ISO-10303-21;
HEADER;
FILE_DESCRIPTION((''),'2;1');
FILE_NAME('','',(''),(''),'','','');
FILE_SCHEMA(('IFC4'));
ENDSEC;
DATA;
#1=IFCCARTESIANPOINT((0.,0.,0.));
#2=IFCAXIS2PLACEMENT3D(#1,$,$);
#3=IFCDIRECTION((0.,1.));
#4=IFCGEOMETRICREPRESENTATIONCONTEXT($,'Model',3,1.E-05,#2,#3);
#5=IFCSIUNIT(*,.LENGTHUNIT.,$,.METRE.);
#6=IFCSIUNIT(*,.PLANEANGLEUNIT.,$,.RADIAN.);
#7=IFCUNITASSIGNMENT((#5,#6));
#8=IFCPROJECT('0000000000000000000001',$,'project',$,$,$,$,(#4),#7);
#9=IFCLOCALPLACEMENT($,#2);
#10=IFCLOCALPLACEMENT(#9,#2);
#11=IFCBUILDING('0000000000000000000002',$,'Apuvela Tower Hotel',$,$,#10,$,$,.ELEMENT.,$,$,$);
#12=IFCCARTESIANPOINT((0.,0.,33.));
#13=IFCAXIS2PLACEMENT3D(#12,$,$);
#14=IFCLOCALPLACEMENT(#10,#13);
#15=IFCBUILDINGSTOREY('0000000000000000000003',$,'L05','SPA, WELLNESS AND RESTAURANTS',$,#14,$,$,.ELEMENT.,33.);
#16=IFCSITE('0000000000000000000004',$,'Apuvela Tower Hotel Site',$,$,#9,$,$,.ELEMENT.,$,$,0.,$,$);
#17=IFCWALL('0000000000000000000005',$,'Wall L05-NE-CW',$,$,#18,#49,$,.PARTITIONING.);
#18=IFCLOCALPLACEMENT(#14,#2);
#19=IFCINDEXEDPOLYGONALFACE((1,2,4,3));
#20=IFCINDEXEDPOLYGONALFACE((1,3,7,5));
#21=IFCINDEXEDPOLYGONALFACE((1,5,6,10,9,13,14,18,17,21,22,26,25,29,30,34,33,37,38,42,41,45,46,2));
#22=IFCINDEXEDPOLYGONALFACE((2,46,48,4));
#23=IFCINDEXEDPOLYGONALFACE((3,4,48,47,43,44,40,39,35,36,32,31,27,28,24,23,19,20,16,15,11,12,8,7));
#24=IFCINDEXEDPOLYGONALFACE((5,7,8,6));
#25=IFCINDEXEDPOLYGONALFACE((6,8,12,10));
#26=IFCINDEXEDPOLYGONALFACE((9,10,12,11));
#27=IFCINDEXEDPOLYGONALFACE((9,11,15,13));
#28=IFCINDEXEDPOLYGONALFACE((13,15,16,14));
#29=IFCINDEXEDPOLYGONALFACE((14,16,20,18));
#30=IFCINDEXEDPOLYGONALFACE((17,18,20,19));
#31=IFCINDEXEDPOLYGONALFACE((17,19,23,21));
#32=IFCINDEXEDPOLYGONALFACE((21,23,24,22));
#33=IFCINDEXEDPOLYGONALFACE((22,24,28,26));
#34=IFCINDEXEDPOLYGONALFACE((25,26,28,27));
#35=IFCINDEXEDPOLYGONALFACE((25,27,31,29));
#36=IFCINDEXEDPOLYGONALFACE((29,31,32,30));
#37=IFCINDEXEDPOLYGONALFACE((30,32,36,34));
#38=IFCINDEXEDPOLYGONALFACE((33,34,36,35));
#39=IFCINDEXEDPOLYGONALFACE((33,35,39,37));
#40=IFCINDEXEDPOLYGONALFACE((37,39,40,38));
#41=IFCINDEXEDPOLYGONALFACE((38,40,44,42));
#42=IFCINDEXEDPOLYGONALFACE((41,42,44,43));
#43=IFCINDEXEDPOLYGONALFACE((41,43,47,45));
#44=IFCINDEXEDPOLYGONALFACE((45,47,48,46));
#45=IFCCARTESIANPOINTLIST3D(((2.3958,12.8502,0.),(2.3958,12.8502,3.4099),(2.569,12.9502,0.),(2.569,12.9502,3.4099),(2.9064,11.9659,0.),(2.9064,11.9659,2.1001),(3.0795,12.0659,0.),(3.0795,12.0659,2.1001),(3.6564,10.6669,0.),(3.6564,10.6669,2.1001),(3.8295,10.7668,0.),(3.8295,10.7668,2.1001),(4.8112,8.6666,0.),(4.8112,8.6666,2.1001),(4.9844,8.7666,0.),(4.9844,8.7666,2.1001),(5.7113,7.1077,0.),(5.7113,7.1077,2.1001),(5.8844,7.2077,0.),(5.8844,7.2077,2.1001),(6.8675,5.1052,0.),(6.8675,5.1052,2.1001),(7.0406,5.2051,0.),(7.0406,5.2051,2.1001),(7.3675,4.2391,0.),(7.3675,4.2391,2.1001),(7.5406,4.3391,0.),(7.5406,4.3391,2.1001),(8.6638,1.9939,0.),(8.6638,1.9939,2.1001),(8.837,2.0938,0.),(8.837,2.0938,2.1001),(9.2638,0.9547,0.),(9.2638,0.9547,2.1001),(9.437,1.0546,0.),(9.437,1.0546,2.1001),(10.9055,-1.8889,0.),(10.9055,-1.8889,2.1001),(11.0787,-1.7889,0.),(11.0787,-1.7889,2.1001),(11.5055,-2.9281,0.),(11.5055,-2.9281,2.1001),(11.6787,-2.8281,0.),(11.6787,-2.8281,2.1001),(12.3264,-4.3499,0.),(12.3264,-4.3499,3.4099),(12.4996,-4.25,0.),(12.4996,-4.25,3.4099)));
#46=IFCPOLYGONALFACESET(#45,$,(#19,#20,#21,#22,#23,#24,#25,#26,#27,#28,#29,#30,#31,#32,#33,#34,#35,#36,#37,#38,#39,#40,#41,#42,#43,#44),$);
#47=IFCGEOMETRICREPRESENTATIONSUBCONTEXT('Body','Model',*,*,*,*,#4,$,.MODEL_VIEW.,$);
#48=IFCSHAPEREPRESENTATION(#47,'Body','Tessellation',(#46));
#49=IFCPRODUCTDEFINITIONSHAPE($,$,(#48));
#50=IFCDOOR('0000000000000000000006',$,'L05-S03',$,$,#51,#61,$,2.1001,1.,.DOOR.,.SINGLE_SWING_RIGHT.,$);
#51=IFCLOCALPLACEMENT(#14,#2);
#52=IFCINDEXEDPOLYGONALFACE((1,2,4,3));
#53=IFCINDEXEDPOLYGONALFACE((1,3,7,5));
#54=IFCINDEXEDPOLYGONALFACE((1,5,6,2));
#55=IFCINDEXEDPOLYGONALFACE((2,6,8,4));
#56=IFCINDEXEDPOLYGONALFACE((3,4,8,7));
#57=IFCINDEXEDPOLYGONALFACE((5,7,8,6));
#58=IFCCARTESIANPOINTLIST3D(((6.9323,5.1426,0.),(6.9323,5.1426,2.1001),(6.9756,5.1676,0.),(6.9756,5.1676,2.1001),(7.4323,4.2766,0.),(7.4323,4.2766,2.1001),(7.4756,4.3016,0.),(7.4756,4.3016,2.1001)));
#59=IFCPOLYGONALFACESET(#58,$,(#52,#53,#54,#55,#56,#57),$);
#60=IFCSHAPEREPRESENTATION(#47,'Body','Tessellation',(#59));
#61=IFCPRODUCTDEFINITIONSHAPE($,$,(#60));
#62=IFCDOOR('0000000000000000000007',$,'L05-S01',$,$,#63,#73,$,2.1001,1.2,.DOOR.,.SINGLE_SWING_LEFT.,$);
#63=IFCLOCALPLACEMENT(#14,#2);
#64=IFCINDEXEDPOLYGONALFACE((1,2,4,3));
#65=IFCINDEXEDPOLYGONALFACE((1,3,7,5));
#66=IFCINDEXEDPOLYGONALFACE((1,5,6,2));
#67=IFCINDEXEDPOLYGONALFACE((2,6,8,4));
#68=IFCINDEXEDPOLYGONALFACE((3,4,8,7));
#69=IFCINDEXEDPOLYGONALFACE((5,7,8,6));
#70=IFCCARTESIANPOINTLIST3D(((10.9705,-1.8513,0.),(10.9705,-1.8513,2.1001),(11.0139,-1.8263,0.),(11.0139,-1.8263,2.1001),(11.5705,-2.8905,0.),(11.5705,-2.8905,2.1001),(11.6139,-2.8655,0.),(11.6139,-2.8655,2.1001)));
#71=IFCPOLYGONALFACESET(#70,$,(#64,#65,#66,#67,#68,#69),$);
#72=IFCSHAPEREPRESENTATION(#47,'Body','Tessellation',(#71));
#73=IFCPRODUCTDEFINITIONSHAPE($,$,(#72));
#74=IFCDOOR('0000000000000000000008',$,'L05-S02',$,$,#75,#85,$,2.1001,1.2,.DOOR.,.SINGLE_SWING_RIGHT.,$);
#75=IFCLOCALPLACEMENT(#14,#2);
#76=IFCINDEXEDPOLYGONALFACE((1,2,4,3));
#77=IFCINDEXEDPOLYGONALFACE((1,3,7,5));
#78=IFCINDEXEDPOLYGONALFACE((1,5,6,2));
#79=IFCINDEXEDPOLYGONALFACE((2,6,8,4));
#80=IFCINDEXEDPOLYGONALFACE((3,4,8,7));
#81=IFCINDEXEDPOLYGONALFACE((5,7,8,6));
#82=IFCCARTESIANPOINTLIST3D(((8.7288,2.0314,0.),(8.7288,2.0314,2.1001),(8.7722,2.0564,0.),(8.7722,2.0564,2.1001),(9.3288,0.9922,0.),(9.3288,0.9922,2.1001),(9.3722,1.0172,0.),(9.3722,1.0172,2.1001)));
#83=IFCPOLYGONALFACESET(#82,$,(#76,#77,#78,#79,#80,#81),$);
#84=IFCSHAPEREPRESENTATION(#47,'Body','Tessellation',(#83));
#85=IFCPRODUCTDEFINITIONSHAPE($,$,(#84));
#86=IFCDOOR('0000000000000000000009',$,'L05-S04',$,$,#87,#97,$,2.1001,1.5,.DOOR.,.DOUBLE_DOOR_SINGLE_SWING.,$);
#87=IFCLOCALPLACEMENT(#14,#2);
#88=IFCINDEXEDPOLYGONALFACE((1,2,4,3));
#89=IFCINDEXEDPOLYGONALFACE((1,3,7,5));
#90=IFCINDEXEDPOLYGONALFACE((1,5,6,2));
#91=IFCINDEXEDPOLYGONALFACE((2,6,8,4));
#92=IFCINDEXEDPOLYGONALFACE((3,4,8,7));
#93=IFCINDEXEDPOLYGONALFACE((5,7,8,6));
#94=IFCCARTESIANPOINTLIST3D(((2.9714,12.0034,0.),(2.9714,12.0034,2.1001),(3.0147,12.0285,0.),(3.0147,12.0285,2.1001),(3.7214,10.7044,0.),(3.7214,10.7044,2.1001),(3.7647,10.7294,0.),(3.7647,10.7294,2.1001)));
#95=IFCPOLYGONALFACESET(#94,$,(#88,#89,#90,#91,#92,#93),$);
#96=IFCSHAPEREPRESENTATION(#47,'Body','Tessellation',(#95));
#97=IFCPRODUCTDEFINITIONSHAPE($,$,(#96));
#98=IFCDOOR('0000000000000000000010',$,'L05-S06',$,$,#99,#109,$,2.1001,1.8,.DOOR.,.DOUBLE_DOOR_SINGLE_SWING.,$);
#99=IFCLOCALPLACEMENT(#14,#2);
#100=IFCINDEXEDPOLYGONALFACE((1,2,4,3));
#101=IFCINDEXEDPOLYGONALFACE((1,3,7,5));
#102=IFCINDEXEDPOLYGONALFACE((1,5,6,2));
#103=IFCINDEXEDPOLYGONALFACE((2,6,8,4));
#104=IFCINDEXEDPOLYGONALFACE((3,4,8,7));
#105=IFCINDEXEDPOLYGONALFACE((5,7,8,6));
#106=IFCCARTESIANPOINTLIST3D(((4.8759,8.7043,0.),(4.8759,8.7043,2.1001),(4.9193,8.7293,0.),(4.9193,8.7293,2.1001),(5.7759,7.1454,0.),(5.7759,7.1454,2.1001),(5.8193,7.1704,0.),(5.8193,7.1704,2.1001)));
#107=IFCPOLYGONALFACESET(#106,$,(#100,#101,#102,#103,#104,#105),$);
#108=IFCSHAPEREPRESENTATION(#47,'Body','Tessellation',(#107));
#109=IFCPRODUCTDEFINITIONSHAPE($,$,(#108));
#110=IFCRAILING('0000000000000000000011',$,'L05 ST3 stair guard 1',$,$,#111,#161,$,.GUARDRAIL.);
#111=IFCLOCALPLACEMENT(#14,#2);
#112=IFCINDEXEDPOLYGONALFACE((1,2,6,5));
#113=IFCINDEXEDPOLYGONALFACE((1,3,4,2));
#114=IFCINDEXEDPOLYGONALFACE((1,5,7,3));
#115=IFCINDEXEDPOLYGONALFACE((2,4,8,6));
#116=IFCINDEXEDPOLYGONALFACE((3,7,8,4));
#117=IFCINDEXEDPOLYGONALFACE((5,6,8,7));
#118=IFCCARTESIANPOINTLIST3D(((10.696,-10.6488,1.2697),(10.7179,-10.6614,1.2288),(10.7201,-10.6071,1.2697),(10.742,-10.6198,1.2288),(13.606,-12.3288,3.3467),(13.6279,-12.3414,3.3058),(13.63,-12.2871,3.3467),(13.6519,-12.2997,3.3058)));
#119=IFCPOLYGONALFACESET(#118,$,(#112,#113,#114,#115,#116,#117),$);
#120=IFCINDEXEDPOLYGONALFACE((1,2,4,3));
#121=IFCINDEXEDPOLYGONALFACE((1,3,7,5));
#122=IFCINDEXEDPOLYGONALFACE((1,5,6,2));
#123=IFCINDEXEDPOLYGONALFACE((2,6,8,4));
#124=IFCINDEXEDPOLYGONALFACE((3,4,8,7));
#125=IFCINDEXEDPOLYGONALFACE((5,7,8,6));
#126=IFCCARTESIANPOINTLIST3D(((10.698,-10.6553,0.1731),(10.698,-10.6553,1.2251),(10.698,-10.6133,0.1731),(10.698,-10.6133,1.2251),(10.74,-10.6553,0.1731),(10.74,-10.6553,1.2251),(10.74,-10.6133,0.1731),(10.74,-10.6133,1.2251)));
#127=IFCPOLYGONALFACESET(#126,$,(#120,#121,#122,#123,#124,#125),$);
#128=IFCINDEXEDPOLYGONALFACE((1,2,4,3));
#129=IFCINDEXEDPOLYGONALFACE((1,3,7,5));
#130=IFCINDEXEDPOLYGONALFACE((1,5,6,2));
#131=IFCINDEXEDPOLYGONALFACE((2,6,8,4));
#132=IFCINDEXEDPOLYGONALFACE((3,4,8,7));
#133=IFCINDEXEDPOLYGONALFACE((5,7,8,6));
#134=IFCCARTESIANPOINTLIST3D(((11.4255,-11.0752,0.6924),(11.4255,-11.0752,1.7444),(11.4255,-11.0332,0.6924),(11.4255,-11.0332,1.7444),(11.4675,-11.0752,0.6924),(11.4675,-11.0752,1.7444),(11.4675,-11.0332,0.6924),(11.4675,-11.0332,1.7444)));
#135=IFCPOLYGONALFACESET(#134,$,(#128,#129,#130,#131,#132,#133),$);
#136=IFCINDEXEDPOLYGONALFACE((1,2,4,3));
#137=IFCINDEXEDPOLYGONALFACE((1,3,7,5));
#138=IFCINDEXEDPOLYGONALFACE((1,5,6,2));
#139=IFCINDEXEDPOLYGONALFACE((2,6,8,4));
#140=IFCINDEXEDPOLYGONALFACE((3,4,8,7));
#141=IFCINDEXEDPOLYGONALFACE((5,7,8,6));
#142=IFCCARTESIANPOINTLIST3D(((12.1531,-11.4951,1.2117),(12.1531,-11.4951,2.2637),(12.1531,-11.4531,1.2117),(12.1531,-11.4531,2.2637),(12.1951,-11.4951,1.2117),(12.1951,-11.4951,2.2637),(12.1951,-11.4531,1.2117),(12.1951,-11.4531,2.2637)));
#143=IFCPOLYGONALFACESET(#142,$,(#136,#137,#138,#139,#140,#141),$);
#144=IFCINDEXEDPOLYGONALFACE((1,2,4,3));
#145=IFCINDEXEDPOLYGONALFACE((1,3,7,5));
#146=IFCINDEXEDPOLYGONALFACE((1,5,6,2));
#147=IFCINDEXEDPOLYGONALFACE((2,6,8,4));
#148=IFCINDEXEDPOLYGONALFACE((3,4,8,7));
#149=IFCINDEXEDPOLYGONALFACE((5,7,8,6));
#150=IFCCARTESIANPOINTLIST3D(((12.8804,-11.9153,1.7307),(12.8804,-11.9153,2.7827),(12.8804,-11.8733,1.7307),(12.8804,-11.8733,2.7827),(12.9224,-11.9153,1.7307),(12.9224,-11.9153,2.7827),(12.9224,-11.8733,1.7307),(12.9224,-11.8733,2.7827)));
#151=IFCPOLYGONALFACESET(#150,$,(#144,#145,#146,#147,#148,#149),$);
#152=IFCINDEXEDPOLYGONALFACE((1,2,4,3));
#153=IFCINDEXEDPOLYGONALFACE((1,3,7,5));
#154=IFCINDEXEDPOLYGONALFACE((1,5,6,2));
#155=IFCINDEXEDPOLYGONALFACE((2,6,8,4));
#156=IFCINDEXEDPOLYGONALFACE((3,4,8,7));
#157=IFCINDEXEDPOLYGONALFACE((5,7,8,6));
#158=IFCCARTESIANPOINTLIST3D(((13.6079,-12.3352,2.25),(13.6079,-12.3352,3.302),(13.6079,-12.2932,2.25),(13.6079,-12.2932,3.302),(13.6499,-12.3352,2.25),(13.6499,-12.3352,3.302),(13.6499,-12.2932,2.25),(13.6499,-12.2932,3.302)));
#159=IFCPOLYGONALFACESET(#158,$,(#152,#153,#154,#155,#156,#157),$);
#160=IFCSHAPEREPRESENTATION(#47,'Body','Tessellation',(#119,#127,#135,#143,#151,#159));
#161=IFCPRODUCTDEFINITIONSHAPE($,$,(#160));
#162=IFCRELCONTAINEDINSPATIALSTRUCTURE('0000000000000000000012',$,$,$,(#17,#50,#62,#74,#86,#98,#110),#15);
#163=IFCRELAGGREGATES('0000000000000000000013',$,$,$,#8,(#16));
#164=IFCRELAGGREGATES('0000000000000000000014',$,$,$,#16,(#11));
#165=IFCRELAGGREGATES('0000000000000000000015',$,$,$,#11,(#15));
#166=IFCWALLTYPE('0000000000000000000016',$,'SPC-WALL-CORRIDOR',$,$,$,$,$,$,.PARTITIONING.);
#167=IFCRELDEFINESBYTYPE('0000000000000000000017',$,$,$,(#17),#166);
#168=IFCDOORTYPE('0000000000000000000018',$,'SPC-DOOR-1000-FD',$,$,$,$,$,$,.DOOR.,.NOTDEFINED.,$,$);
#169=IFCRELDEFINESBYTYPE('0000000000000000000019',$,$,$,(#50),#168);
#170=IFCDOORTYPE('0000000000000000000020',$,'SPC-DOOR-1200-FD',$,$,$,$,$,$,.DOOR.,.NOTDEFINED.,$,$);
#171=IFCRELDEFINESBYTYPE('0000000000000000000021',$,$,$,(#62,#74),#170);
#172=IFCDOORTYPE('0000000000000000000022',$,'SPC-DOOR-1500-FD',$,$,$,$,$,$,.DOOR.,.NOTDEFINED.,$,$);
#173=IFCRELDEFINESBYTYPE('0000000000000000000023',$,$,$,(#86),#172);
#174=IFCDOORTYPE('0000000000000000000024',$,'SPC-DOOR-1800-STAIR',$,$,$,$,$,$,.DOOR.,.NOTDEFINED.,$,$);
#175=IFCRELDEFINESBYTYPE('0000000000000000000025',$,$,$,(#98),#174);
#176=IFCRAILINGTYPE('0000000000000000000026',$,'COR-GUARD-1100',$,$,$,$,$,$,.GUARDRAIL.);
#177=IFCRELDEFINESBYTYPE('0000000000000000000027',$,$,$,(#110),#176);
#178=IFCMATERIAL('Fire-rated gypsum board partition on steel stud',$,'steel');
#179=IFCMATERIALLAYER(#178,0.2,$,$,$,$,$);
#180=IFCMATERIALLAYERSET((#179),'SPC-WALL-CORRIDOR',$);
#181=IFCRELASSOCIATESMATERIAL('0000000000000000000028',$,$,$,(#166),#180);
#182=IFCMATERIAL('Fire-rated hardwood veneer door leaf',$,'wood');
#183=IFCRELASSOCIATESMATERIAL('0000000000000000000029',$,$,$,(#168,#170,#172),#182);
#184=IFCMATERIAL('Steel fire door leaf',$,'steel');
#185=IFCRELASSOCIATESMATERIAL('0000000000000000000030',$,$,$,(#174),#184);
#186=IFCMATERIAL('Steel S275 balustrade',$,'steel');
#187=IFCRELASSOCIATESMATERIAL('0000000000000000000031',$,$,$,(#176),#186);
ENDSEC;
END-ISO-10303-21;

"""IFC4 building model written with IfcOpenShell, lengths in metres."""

from ifc_helpers import new_model, si_unit, direction, frame, frame_2d, origin, origin_2d, place, context, subcontext, project, spatial, rectangle, extrude, material, layer, layer_set, type_object, element, fill, save


model = new_model("IFC4")

# Units and contexts
model_context = context("Model", 3, precision=1e-05, world=origin(), true_north=direction((0.0, 1.0)))
body_context = subcontext(model_context, "Body", "Model", "MODEL_VIEW")
ifc_project = project(units=[si_unit("LENGTHUNIT", "METRE"), si_unit("PLANEANGLEUNIT", "RADIAN")], contexts=[model_context])

# Site, building, storey
site_placement = place(None, origin())
site = spatial("IfcSite", under=ifc_project, at=site_placement, Name="Apuvela Tower Hotel Site", CompositionType="ELEMENT", RefElevation=0.0)
building_placement = place(site_placement, origin())
building = spatial("IfcBuilding", under=site, at=building_placement, Name="Apuvela Tower Hotel", CompositionType="ELEMENT")
storey_placement = place(building_placement, frame((0.0, 0.0, 33.0)))
storey = spatial("IfcBuildingStorey", under=building, at=storey_placement, Name="L05", Description="SPA, WELLNESS AND RESTAURANTS", CompositionType="ELEMENT", Elevation=33.0)

# Wall, openings, doors
ifc_material_1 = material(Name="Fire-rated gypsum board partition on steel stud", Category="steel")
ifc_layer_1 = layer(ifc_material_1, 0.2)
ifc_layer_set_1 = layer_set([ifc_layer_1], Name="SPC-WALL-CORRIDOR")
wall_type_1 = type_object("IfcWallType", Name="SPC-WALL-CORRIDOR", PredefinedType="PARTITIONING", material=ifc_layer_set_1)
wall_1_placement = place(storey_placement, frame((12.4131, -4.3, 0.0), z_axis=(0.0, 0.0, 1.0), x_axis=(-0.500005, 0.866023, 0.0)))
wall_1 = element("IfcWall", 1, at=wall_1_placement, inside=storey, type_object=wall_type_1, Name="Wall L05-NE-CW", PredefinedType="PARTITIONING", context=body_context, shape_type="SweptSolid", body=[
    extrude(rectangle(XDim=19.8611, YDim=0.2, at=frame_2d((9.9307, 0.0))), origin(), (0.0, 0.0, 1.0), 3.4099),
])
opening_1_placement = place(wall_1_placement, frame((1.6418, 0.0, 0.0)))
opening_1 = element("IfcOpeningElement", 2, at=opening_1_placement, cuts=wall_1, PredefinedType="OPENING", context=body_context, shape_type="SweptSolid", body=[
    extrude(rectangle(XDim=1.2, YDim=2.1001, at=frame_2d((0.6001, 1.05))), frame((0.0, 0.1099, 0.0), z_axis=(0.0, -1.0, 0.0), x_axis=(1.0, 0.0, 0.0)), (0.0, 0.0, 1.0), 0.22),
])
opening_2_placement = place(wall_1_placement, frame((6.1252, 0.0, 0.0)))
opening_2 = element("IfcOpeningElement", 3, at=opening_2_placement, cuts=wall_1, PredefinedType="OPENING", context=body_context, shape_type="SweptSolid", body=[
    extrude(rectangle(XDim=1.2, YDim=2.1001, at=frame_2d((0.6001, 1.05))), frame((0.0, 0.1099, 0.0), z_axis=(0.0, -1.0, 0.0), x_axis=(1.0, 0.0, 0.0)), (0.0, 0.0, 1.0), 0.22),
])
opening_3_placement = place(wall_1_placement, frame((9.918, 0.0, 0.0)))
opening_3 = element("IfcOpeningElement", 4, at=opening_3_placement, cuts=wall_1, PredefinedType="OPENING", context=body_context, shape_type="SweptSolid", body=[
    extrude(rectangle(XDim=1.0, YDim=2.1001, at=frame_2d((0.5, 1.05))), frame((0.0, 0.1099, 0.0), z_axis=(0.0, -1.0, 0.0), x_axis=(1.0, 0.0, 0.0)), (0.0, 0.0, 1.0), 0.22),
])
opening_4_placement = place(wall_1_placement, frame((17.3401, 0.0, 0.0)))
opening_4 = element("IfcOpeningElement", 5, at=opening_4_placement, cuts=wall_1, PredefinedType="OPENING", context=body_context, shape_type="SweptSolid", body=[
    extrude(rectangle(XDim=1.5, YDim=2.1001, at=frame_2d((0.75, 1.05))), frame((0.0, 0.1099, 0.0), z_axis=(0.0, -1.0, 0.0), x_axis=(1.0, 0.0, 0.0)), (0.0, 0.0, 1.0), 0.22),
])
opening_5_placement = place(wall_1_placement, frame((13.2305, 0.0, 0.0)))
opening_5 = element("IfcOpeningElement", 6, at=opening_5_placement, cuts=wall_1, PredefinedType="OPENING", context=body_context, shape_type="SweptSolid", body=[
    extrude(rectangle(XDim=1.8, YDim=2.1001, at=frame_2d((0.8999, 1.05))), frame((0.0, 0.1099, 0.0), z_axis=(0.0, -1.0, 0.0), x_axis=(1.0, 0.0, 0.0)), (0.0, 0.0, 1.0), 0.22),
])
ifc_material_2 = material(Name="Fire-rated hardwood veneer door leaf", Category="wood")
door_type_1 = type_object("IfcDoorType", Name="SPC-DOOR-1000-FD", OperationType="NOTDEFINED", PredefinedType="DOOR", material=ifc_material_2)
door_1_placement = place(opening_3_placement, frame((1.0, 0.0, 0.0), z_axis=(0.0, 0.0, 1.0), x_axis=(-1.0, 0.0, 0.0)))
door_1 = element("IfcDoor", 7, at=door_1_placement, inside=storey, type_object=door_type_1, Name="L05-S03", OperationType="SINGLE_SWING_RIGHT", OverallHeight=2.1001, OverallWidth=1.0, PredefinedType="DOOR", context=body_context, shape_type="SweptSolid", body=[
    extrude(rectangle(XDim=1.0, YDim=2.1001, at=frame_2d((0.5, 1.05))), frame((0.0, 0.0249, 0.0), z_axis=(0.0, -1.0, 0.0), x_axis=(1.0, 0.0, 0.0)), (0.0, 0.0, 1.0), 0.05),
])
fill(opening_3, door_1)
door_type_2 = type_object("IfcDoorType", Name="SPC-DOOR-1200-FD", OperationType="NOTDEFINED", PredefinedType="DOOR", material=ifc_material_2)
door_2_placement = place(opening_1_placement, origin())
door_2 = element("IfcDoor", 8, at=door_2_placement, inside=storey, type_object=door_type_2, Name="L05-S01", OperationType="SINGLE_SWING_LEFT", OverallHeight=2.1001, OverallWidth=1.2, PredefinedType="DOOR", context=body_context, shape_type="SweptSolid", body=[
    extrude(rectangle(XDim=1.2, YDim=2.1001, at=frame_2d((0.6001, 1.05))), frame((0.0, 0.0249, 0.0), z_axis=(0.0, -1.0, 0.0), x_axis=(1.0, 0.0, 0.0)), (0.0, 0.0, 1.0), 0.05),
])
fill(opening_1, door_2)
door_3_placement = place(opening_2_placement, origin())
door_3 = element("IfcDoor", 9, at=door_3_placement, inside=storey, type_object=door_type_2, Name="L05-S02", OperationType="SINGLE_SWING_RIGHT", OverallHeight=2.1001, OverallWidth=1.2, PredefinedType="DOOR", context=body_context, shape_type="SweptSolid", body=[
    extrude(rectangle(XDim=1.2, YDim=2.1001, at=frame_2d((0.6001, 1.05))), frame((0.0, 0.0249, 0.0), z_axis=(0.0, -1.0, 0.0), x_axis=(1.0, 0.0, 0.0)), (0.0, 0.0, 1.0), 0.05),
])
fill(opening_2, door_3)
door_type_3 = type_object("IfcDoorType", Name="SPC-DOOR-1500-FD", OperationType="NOTDEFINED", PredefinedType="DOOR", material=ifc_material_2)
door_4_placement = place(opening_4_placement, origin())
door_4 = element("IfcDoor", 10, at=door_4_placement, inside=storey, type_object=door_type_3, Name="L05-S04", OperationType="DOUBLE_DOOR_SINGLE_SWING", OverallHeight=2.1001, OverallWidth=1.5, PredefinedType="DOOR", context=body_context, shape_type="SweptSolid", body=[
    extrude(rectangle(XDim=1.5, YDim=2.1001, at=frame_2d((0.75, 1.05))), frame((0.0, 0.0249, 0.0), z_axis=(0.0, -1.0, 0.0), x_axis=(1.0, 0.0, 0.0)), (0.0, 0.0, 1.0), 0.05),
])
fill(opening_4, door_4)
ifc_material_3 = material(Name="Steel fire door leaf", Category="steel")
door_type_4 = type_object("IfcDoorType", Name="SPC-DOOR-1800-STAIR", OperationType="NOTDEFINED", PredefinedType="DOOR", material=ifc_material_3)
door_5_placement = place(opening_5_placement, frame((1.8, 0.0, 0.0), z_axis=(0.0, 0.0, 1.0), x_axis=(-1.0, 0.0, 0.0)))
door_5 = element("IfcDoor", 11, at=door_5_placement, inside=storey, type_object=door_type_4, Name="L05-S06", OperationType="DOUBLE_DOOR_SINGLE_SWING", OverallHeight=2.1001, OverallWidth=1.8, PredefinedType="DOOR", context=body_context, shape_type="SweptSolid", body=[
    extrude(rectangle(XDim=1.8, YDim=2.1001, at=frame_2d((0.8999, 1.05))), frame((0.0, 0.0249, 0.0), z_axis=(0.0, -1.0, 0.0), x_axis=(1.0, 0.0, 0.0)), (0.0, 0.0, 1.0), 0.05),
])
fill(opening_5, door_5)

# Railing
ifc_material_4 = material(Name="Steel S275 balustrade", Category="steel")
railing_type_1 = type_object("IfcRailingType", Name="COR-GUARD-1100", PredefinedType="GUARDRAIL", material=ifc_material_4)
railing_1_placement = place(storey_placement, frame((10.719, -10.6343, 0.1731)))
element("IfcRailing", 12, at=railing_1_placement, inside=storey, type_object=railing_type_1, Name="L05 ST3 stair guard 1", PredefinedType="GUARDRAIL", context=body_context, shape_type="SweptSolid", body=[
    extrude(rectangle(XDim=0.0481, YDim=0.0481, at=origin_2d()), frame((0.0, 0.0, 1.0762), z_axis=(0.736668, -0.425288, 0.525785), x_axis=(0.499976, 0.866039, 0.0)), (0.0, 0.0, 1.0), 3.9502),
    extrude(rectangle(XDim=0.042, YDim=0.042, at=origin_2d()), origin(), (0.0, 0.0, 1.0), 1.052),
    extrude(rectangle(XDim=0.042, YDim=0.042, at=origin_2d()), frame((0.7275, -0.4199, 0.5193)), (0.0, 0.0, 1.0), 1.052),
    extrude(rectangle(XDim=0.042, YDim=0.042, at=origin_2d()), frame((1.4551, -0.8398, 1.0386)), (0.0, 0.0, 1.0), 1.052),
    extrude(rectangle(XDim=0.042, YDim=0.042, at=origin_2d()), frame((2.1824, -1.26, 1.5576)), (0.0, 0.0, 1.0), 1.052),
    extrude(rectangle(XDim=0.042, YDim=0.042, at=origin_2d()), frame((2.9099, -1.6799, 2.0769)), (0.0, 0.0, 1.0), 1.052),
])

save(model, "model.ifc")
